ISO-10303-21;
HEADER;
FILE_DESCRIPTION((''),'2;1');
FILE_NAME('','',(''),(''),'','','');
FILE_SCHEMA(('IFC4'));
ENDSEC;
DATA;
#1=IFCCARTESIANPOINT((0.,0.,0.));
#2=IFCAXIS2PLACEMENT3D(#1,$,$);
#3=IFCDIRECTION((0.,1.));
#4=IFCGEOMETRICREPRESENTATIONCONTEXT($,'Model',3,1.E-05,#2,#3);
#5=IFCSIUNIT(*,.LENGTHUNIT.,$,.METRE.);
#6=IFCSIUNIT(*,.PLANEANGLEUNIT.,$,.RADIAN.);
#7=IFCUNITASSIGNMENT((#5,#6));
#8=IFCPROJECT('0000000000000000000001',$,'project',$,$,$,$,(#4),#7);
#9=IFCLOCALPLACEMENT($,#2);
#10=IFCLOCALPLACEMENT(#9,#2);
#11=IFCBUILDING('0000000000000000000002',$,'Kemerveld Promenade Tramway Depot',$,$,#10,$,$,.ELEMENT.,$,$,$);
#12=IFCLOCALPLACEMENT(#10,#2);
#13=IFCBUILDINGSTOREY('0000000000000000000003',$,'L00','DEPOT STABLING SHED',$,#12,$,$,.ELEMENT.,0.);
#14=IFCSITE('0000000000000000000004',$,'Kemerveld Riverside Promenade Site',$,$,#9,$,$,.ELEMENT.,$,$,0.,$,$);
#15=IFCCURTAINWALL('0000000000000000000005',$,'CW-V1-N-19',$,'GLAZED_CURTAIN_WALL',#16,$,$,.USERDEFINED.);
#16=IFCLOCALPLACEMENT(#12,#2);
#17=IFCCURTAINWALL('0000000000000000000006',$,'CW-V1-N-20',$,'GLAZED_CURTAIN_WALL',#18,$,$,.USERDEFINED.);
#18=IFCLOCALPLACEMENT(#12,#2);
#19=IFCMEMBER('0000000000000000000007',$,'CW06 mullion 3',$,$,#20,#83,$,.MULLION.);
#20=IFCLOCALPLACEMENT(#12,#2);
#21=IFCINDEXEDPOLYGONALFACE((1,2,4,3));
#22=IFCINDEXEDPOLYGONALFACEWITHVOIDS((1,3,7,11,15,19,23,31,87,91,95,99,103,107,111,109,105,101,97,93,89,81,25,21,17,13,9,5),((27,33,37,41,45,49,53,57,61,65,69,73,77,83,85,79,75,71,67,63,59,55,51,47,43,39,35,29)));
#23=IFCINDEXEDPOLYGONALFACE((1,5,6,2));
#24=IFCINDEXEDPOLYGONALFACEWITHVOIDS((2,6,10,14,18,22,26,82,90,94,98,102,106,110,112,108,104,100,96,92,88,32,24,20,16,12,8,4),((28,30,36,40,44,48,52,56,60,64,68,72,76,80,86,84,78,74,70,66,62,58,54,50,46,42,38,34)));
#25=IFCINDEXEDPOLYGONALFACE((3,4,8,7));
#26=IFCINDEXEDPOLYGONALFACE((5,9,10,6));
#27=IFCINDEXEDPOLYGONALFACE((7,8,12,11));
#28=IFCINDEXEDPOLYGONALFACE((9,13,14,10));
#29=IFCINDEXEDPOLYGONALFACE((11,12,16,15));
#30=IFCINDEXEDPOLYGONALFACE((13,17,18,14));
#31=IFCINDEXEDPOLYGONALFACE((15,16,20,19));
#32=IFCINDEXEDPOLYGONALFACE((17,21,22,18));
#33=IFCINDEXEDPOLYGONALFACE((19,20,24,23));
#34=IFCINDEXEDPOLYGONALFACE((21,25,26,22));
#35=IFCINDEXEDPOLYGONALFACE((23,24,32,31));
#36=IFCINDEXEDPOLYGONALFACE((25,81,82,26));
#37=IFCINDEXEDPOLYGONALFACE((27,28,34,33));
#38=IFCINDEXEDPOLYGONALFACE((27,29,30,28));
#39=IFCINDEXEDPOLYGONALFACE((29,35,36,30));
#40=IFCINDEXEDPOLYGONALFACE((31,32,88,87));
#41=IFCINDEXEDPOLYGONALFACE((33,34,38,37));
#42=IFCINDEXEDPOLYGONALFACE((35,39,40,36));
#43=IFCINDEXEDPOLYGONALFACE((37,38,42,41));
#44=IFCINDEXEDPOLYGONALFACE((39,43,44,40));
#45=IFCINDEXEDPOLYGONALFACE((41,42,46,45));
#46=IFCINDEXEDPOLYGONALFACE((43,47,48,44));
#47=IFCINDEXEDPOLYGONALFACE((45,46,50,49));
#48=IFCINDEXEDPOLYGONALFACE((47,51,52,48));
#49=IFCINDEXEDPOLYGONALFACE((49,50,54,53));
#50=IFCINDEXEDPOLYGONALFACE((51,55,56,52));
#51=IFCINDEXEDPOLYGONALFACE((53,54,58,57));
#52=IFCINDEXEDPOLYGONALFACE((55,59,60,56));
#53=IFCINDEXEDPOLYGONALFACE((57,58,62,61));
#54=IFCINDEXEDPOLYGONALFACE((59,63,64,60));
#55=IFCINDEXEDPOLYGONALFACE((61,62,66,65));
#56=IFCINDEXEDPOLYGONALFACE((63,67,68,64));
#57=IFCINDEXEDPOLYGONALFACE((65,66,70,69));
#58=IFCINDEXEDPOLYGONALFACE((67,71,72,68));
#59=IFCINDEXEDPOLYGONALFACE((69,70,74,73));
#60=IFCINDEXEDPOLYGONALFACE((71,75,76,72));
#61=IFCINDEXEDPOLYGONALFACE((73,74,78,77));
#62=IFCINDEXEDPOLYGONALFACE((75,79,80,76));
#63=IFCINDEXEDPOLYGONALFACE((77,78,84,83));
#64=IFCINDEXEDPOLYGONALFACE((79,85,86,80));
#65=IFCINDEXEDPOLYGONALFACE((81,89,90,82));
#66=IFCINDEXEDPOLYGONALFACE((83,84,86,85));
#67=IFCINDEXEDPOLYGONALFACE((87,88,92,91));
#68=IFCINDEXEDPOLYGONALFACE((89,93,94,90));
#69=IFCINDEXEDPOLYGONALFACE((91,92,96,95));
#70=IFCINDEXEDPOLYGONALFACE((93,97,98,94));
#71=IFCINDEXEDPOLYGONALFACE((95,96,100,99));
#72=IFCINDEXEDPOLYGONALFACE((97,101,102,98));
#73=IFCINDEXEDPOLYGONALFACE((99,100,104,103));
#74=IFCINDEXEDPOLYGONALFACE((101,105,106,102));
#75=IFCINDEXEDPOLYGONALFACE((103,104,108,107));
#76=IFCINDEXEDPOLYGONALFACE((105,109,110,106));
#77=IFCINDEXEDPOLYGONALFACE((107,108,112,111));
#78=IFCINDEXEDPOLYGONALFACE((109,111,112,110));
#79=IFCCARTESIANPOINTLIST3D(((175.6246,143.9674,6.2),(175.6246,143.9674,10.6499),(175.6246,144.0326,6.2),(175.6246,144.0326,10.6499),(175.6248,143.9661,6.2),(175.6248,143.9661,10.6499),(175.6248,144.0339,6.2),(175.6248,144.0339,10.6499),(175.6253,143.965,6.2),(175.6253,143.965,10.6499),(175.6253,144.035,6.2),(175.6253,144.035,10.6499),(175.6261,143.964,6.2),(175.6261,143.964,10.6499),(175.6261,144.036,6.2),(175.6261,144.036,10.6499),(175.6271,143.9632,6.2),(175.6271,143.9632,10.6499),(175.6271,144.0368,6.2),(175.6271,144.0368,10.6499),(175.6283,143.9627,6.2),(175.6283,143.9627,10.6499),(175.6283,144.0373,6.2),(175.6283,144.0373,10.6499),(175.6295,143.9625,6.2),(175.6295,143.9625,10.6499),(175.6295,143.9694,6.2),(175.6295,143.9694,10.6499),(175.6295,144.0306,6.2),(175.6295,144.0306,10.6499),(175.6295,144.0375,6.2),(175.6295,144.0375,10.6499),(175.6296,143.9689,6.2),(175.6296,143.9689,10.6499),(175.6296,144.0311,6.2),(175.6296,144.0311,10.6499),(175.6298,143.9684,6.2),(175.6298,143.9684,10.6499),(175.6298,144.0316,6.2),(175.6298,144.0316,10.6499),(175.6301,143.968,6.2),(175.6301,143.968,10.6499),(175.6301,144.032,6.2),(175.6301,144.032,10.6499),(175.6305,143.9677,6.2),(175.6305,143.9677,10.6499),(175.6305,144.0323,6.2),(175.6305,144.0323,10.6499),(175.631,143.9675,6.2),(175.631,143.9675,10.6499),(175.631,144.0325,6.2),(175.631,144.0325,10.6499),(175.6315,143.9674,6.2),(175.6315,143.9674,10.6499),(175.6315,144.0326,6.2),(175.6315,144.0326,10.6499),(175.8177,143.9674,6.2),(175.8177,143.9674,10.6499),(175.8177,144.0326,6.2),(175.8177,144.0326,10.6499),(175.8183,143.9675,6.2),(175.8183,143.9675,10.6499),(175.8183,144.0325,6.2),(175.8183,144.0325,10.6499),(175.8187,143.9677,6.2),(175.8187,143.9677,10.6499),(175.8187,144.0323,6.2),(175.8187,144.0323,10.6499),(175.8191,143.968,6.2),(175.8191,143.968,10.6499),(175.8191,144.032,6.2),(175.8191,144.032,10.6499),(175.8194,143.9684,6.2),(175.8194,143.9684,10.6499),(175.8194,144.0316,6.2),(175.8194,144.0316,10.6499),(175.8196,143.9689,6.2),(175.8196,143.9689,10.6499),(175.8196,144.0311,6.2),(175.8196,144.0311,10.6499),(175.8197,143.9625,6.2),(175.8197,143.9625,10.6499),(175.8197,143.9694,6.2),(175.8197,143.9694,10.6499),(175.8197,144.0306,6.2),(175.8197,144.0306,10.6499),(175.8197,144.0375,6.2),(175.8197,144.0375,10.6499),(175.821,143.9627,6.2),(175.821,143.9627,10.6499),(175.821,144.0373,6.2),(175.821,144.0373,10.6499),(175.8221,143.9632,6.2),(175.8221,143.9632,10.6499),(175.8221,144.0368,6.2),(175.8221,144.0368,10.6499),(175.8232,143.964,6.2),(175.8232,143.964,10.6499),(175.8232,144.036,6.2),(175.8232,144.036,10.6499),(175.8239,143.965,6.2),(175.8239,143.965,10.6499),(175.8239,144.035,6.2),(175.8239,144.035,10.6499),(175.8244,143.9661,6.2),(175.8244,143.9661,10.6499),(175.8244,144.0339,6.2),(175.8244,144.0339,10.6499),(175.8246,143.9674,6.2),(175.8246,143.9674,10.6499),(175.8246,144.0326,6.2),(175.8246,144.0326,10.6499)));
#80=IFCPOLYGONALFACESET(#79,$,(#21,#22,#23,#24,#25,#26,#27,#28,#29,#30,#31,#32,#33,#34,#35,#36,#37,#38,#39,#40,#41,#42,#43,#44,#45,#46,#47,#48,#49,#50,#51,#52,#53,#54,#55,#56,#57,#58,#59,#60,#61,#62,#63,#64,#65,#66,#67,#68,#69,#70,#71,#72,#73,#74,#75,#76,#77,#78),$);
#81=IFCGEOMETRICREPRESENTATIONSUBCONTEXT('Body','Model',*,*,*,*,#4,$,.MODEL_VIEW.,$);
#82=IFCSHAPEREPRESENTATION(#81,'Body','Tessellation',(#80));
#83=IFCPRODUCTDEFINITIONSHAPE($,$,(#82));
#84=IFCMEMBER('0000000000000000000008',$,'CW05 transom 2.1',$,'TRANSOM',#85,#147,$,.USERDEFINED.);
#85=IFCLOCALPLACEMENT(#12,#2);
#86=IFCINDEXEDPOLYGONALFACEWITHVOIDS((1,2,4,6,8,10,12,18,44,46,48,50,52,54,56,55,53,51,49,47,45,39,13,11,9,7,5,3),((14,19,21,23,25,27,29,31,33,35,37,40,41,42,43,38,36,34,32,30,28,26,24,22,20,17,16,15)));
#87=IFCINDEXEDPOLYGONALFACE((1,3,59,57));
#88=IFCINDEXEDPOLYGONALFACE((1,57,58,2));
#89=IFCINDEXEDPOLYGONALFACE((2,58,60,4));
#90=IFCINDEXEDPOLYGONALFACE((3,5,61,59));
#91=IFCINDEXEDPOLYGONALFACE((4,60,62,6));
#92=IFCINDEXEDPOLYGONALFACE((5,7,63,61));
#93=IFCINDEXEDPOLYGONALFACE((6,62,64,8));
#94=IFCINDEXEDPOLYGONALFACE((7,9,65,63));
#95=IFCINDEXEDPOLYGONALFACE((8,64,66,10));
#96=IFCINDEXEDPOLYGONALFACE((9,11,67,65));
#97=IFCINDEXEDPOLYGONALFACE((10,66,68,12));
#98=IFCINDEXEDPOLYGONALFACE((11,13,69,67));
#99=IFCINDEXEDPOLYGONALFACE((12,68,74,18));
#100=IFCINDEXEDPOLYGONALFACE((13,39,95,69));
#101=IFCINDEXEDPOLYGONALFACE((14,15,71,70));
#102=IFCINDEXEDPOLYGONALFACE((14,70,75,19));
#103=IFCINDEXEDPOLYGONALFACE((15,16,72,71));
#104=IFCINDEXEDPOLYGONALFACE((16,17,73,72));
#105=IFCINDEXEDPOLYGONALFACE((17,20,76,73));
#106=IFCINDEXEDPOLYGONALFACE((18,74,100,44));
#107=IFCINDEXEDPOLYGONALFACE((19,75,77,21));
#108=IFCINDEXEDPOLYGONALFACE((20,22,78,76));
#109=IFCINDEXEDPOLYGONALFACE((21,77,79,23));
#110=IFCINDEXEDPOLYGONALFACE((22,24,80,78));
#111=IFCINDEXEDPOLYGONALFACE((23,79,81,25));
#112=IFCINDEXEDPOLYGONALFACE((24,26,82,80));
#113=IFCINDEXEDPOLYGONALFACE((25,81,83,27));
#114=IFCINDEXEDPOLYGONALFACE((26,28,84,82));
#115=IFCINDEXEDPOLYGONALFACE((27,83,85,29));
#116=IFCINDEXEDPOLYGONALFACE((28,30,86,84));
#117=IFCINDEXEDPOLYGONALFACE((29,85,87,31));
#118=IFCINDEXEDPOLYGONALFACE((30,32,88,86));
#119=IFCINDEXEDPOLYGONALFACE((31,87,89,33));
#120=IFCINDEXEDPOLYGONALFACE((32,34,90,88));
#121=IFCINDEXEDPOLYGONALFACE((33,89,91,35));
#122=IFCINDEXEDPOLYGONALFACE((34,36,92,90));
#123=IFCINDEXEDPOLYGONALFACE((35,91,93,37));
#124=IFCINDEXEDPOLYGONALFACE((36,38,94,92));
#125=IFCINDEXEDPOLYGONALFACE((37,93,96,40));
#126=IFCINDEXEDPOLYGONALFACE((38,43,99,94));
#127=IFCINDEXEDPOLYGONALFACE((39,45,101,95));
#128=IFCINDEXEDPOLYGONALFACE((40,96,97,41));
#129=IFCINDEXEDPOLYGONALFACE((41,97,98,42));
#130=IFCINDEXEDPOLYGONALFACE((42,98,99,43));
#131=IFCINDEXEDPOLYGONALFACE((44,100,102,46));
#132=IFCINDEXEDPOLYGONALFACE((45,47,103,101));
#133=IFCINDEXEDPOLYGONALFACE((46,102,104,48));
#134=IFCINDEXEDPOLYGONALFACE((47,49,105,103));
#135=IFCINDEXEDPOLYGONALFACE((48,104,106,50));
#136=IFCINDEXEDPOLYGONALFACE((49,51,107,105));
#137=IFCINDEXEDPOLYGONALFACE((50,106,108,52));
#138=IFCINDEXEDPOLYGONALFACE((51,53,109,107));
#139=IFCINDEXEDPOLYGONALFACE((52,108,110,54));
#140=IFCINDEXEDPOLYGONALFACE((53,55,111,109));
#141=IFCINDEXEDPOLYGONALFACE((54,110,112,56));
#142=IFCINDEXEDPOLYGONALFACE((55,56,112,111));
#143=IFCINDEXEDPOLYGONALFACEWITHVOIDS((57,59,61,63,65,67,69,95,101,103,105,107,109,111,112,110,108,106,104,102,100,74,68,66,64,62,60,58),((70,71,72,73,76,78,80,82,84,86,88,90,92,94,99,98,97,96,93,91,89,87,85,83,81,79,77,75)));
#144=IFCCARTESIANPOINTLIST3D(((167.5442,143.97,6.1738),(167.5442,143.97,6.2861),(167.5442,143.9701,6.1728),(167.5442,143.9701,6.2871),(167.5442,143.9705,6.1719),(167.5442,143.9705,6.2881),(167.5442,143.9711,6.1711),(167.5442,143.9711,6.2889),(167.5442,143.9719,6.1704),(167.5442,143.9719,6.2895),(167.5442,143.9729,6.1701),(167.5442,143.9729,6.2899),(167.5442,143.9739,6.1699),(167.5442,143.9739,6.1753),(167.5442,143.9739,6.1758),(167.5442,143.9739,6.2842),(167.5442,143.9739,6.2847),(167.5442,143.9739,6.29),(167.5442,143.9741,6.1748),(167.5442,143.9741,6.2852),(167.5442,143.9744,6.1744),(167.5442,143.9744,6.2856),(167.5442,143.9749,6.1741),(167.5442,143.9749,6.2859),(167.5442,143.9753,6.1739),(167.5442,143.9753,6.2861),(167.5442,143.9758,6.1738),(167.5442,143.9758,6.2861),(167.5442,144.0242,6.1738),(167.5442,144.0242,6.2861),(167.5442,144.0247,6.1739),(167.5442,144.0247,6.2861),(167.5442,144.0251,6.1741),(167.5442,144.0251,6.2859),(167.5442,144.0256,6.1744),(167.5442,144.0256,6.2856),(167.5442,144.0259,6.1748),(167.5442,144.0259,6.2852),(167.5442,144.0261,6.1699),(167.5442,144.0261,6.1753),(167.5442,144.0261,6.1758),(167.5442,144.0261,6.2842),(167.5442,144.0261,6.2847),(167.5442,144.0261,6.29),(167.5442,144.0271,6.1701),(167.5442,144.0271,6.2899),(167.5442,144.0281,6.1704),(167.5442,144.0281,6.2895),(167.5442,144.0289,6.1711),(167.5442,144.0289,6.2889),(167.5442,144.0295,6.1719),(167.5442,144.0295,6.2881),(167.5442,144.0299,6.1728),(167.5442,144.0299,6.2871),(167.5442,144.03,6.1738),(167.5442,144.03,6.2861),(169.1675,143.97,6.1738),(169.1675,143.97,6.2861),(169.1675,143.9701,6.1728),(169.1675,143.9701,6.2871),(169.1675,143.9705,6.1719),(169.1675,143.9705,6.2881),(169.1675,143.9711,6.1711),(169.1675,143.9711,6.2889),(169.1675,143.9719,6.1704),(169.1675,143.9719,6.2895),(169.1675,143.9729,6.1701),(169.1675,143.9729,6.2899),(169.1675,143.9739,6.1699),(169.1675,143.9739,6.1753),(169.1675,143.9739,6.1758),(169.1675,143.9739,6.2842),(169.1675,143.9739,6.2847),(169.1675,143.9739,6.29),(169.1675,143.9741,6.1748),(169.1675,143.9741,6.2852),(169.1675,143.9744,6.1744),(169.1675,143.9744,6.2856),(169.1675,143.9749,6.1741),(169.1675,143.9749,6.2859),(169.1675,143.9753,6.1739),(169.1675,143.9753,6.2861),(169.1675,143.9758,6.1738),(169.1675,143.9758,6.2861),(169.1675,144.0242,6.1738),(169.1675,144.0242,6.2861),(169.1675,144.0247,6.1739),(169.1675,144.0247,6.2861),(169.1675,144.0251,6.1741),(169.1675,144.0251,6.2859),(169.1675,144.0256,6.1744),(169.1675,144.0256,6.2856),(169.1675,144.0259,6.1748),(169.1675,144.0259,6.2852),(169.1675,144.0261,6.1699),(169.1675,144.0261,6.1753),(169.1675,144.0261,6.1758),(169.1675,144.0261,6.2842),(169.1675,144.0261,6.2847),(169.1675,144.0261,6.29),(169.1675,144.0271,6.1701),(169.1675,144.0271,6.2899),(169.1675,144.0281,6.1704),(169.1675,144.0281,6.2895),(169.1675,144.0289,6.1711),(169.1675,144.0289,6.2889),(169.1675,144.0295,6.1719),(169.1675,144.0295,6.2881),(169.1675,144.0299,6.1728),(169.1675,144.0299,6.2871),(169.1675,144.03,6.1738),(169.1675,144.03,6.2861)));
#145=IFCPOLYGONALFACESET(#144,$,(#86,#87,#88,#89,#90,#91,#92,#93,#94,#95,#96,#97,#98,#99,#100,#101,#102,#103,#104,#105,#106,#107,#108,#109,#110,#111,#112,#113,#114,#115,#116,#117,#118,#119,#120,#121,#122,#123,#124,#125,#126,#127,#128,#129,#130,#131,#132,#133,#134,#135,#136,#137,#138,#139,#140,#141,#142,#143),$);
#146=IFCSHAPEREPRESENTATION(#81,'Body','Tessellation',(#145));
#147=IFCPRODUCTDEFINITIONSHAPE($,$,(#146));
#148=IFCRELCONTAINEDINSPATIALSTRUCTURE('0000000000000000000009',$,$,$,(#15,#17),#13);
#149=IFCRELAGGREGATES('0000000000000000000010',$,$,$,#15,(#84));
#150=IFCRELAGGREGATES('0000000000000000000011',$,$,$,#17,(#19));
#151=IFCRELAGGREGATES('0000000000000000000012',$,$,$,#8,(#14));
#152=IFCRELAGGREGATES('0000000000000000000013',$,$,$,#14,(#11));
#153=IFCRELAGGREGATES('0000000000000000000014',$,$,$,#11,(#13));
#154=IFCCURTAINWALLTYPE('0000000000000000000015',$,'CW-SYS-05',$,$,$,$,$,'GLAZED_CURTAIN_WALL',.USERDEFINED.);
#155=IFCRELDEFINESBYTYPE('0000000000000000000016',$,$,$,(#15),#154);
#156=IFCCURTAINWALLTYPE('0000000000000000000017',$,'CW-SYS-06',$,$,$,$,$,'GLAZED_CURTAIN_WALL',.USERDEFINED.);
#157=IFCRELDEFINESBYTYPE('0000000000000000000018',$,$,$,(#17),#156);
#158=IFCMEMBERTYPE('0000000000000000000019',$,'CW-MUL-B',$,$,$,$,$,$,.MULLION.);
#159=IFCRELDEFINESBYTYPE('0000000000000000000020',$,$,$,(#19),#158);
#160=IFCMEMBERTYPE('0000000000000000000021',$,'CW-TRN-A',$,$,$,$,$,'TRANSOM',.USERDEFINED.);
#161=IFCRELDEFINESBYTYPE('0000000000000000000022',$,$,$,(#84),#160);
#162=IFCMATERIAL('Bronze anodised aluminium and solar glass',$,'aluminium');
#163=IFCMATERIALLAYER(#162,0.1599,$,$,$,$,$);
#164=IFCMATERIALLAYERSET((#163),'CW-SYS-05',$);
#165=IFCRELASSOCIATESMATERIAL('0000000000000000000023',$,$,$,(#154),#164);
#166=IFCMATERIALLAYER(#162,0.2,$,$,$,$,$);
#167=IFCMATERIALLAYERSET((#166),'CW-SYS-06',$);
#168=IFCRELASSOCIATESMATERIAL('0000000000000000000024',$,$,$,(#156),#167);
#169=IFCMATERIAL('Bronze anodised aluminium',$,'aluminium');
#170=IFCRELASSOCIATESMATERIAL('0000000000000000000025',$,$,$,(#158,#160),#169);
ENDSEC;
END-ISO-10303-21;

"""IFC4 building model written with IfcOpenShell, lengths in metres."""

from ifc_helpers import new_model, si_unit, direction, frame, origin, origin_2d, place, context, subcontext, project, spatial, hollow_rectangle, extrude, material, layer, layer_set, material_profile, profile_set, type_object, element, aggregate, save


model = new_model("IFC4")

# Units and contexts
model_context = context("Model", 3, precision=1e-05, world=origin(), true_north=direction((0.0, 1.0)))
body_context = subcontext(model_context, "Body", "Model", "MODEL_VIEW")
ifc_project = project(units=[si_unit("LENGTHUNIT", "METRE"), si_unit("PLANEANGLEUNIT", "RADIAN")], contexts=[model_context])

# Site, building, storey
site_placement = place(None, origin())
site = spatial("IfcSite", under=ifc_project, at=site_placement, Name="Kemerveld Riverside Promenade Site", CompositionType="ELEMENT", RefElevation=0.0)
building_placement = place(site_placement, origin())
building = spatial("IfcBuilding", under=site, at=building_placement, Name="Kemerveld Promenade Tramway Depot", CompositionType="ELEMENT")
storey_placement = place(building_placement, origin())
storey = spatial("IfcBuildingStorey", under=building, at=storey_placement, Name="L00", Description="DEPOT STABLING SHED", CompositionType="ELEMENT", Elevation=0.0)

# Curtain walls, member
ifc_material_1 = material(Name="Bronze anodised aluminium and solar glass", Category="aluminium")
ifc_layer_1 = layer(ifc_material_1, 0.1599)
ifc_layer_set_1 = layer_set([ifc_layer_1], Name="CW-SYS-05")
curtain_wall_type_1 = type_object("IfcCurtainWallType", Name="CW-SYS-05", ElementType="GLAZED_CURTAIN_WALL", PredefinedType="USERDEFINED", material=ifc_layer_set_1)
curtain_wall_1_placement = place(storey_placement, origin())
curtain_wall_1 = element("IfcCurtainWall", 1, at=curtain_wall_1_placement, inside=storey, type_object=curtain_wall_type_1, Name="CW-V1-N-19", ObjectType="GLAZED_CURTAIN_WALL", PredefinedType="USERDEFINED")
ifc_material_2 = material(Name="Bronze anodised aluminium", Category="aluminium")
ifc_layer_2 = layer(ifc_material_1, 0.2)
ifc_layer_set_2 = layer_set([ifc_layer_2], Name="CW-SYS-06")
curtain_wall_type_2 = type_object("IfcCurtainWallType", Name="CW-SYS-06", ElementType="GLAZED_CURTAIN_WALL", PredefinedType="USERDEFINED", material=ifc_layer_set_2)
curtain_wall_2_placement = place(storey_placement, origin())
curtain_wall_2 = element("IfcCurtainWall", 2, at=curtain_wall_2_placement, inside=storey, type_object=curtain_wall_type_2, Name="CW-V1-N-20", ObjectType="GLAZED_CURTAIN_WALL", PredefinedType="USERDEFINED")
ifc_material_profile_1 = material_profile(ifc_material_2, hollow_rectangle(XDim=0.075, YDim=0.2, WallThickness=0.0049, InnerFilletRadius=0.002, OuterFilletRadius=0.0049, at=origin_2d()), Name="CW-MUL-200x75")
ifc_profile_set_1 = profile_set([ifc_material_profile_1], Name="Bronze anodised aluminium")
member_type_1 = type_object("IfcMemberType", Name="CW-MUL-B", PredefinedType="MULLION", material=ifc_profile_set_1)
member_1_placement = place(storey_placement, frame((175.7246, 144.0, 6.2), z_axis=(0.0, 0.0, 1.0), x_axis=(0.0, 1.0, 0.0)))
member_1 = element("IfcMember", 3, at=member_1_placement, type_object=member_type_1, Name="CW06 mullion 3", PredefinedType="MULLION", context=body_context, shape_type="SweptSolid", body=[
    extrude(hollow_rectangle(XDim=0.075, YDim=0.2, WallThickness=0.0049, InnerFilletRadius=0.002, OuterFilletRadius=0.0049, at=origin_2d()), origin(), (0.0, 0.0, 1.0), 4.45),
])

# Member
ifc_material_profile_2 = material_profile(ifc_material_2, hollow_rectangle(XDim=0.0601, YDim=0.1201, WallThickness=0.0039, InnerFilletRadius=0.002, OuterFilletRadius=0.0039, at=origin_2d()), Name="CW-TRN-120x60")
ifc_profile_set_2 = profile_set([ifc_material_profile_2], Name="Bronze anodised aluminium")
member_type_2 = type_object("IfcMemberType", Name="CW-TRN-A", ElementType="TRANSOM", PredefinedType="USERDEFINED", material=ifc_profile_set_2)
member_2_placement = place(storey_placement, frame((167.5442, 144.0, 6.23), z_axis=(1.0, 0.0, 0.0), x_axis=(0.0, 1.0, 0.0)))
member_2 = element("IfcMember", 4, at=member_2_placement, type_object=member_type_2, Name="CW05 transom 2.1", ObjectType="TRANSOM", PredefinedType="USERDEFINED", context=body_context, shape_type="SweptSolid", body=[
    extrude(hollow_rectangle(XDim=0.0601, YDim=0.1201, WallThickness=0.0039, InnerFilletRadius=0.002, OuterFilletRadius=0.0039, at=origin_2d()), origin(), (0.0, 0.0, 1.0), 1.6233),
])

aggregate(curtain_wall_1, [member_2])
aggregate(curtain_wall_2, [member_1])

save(model, "model.ifc")
